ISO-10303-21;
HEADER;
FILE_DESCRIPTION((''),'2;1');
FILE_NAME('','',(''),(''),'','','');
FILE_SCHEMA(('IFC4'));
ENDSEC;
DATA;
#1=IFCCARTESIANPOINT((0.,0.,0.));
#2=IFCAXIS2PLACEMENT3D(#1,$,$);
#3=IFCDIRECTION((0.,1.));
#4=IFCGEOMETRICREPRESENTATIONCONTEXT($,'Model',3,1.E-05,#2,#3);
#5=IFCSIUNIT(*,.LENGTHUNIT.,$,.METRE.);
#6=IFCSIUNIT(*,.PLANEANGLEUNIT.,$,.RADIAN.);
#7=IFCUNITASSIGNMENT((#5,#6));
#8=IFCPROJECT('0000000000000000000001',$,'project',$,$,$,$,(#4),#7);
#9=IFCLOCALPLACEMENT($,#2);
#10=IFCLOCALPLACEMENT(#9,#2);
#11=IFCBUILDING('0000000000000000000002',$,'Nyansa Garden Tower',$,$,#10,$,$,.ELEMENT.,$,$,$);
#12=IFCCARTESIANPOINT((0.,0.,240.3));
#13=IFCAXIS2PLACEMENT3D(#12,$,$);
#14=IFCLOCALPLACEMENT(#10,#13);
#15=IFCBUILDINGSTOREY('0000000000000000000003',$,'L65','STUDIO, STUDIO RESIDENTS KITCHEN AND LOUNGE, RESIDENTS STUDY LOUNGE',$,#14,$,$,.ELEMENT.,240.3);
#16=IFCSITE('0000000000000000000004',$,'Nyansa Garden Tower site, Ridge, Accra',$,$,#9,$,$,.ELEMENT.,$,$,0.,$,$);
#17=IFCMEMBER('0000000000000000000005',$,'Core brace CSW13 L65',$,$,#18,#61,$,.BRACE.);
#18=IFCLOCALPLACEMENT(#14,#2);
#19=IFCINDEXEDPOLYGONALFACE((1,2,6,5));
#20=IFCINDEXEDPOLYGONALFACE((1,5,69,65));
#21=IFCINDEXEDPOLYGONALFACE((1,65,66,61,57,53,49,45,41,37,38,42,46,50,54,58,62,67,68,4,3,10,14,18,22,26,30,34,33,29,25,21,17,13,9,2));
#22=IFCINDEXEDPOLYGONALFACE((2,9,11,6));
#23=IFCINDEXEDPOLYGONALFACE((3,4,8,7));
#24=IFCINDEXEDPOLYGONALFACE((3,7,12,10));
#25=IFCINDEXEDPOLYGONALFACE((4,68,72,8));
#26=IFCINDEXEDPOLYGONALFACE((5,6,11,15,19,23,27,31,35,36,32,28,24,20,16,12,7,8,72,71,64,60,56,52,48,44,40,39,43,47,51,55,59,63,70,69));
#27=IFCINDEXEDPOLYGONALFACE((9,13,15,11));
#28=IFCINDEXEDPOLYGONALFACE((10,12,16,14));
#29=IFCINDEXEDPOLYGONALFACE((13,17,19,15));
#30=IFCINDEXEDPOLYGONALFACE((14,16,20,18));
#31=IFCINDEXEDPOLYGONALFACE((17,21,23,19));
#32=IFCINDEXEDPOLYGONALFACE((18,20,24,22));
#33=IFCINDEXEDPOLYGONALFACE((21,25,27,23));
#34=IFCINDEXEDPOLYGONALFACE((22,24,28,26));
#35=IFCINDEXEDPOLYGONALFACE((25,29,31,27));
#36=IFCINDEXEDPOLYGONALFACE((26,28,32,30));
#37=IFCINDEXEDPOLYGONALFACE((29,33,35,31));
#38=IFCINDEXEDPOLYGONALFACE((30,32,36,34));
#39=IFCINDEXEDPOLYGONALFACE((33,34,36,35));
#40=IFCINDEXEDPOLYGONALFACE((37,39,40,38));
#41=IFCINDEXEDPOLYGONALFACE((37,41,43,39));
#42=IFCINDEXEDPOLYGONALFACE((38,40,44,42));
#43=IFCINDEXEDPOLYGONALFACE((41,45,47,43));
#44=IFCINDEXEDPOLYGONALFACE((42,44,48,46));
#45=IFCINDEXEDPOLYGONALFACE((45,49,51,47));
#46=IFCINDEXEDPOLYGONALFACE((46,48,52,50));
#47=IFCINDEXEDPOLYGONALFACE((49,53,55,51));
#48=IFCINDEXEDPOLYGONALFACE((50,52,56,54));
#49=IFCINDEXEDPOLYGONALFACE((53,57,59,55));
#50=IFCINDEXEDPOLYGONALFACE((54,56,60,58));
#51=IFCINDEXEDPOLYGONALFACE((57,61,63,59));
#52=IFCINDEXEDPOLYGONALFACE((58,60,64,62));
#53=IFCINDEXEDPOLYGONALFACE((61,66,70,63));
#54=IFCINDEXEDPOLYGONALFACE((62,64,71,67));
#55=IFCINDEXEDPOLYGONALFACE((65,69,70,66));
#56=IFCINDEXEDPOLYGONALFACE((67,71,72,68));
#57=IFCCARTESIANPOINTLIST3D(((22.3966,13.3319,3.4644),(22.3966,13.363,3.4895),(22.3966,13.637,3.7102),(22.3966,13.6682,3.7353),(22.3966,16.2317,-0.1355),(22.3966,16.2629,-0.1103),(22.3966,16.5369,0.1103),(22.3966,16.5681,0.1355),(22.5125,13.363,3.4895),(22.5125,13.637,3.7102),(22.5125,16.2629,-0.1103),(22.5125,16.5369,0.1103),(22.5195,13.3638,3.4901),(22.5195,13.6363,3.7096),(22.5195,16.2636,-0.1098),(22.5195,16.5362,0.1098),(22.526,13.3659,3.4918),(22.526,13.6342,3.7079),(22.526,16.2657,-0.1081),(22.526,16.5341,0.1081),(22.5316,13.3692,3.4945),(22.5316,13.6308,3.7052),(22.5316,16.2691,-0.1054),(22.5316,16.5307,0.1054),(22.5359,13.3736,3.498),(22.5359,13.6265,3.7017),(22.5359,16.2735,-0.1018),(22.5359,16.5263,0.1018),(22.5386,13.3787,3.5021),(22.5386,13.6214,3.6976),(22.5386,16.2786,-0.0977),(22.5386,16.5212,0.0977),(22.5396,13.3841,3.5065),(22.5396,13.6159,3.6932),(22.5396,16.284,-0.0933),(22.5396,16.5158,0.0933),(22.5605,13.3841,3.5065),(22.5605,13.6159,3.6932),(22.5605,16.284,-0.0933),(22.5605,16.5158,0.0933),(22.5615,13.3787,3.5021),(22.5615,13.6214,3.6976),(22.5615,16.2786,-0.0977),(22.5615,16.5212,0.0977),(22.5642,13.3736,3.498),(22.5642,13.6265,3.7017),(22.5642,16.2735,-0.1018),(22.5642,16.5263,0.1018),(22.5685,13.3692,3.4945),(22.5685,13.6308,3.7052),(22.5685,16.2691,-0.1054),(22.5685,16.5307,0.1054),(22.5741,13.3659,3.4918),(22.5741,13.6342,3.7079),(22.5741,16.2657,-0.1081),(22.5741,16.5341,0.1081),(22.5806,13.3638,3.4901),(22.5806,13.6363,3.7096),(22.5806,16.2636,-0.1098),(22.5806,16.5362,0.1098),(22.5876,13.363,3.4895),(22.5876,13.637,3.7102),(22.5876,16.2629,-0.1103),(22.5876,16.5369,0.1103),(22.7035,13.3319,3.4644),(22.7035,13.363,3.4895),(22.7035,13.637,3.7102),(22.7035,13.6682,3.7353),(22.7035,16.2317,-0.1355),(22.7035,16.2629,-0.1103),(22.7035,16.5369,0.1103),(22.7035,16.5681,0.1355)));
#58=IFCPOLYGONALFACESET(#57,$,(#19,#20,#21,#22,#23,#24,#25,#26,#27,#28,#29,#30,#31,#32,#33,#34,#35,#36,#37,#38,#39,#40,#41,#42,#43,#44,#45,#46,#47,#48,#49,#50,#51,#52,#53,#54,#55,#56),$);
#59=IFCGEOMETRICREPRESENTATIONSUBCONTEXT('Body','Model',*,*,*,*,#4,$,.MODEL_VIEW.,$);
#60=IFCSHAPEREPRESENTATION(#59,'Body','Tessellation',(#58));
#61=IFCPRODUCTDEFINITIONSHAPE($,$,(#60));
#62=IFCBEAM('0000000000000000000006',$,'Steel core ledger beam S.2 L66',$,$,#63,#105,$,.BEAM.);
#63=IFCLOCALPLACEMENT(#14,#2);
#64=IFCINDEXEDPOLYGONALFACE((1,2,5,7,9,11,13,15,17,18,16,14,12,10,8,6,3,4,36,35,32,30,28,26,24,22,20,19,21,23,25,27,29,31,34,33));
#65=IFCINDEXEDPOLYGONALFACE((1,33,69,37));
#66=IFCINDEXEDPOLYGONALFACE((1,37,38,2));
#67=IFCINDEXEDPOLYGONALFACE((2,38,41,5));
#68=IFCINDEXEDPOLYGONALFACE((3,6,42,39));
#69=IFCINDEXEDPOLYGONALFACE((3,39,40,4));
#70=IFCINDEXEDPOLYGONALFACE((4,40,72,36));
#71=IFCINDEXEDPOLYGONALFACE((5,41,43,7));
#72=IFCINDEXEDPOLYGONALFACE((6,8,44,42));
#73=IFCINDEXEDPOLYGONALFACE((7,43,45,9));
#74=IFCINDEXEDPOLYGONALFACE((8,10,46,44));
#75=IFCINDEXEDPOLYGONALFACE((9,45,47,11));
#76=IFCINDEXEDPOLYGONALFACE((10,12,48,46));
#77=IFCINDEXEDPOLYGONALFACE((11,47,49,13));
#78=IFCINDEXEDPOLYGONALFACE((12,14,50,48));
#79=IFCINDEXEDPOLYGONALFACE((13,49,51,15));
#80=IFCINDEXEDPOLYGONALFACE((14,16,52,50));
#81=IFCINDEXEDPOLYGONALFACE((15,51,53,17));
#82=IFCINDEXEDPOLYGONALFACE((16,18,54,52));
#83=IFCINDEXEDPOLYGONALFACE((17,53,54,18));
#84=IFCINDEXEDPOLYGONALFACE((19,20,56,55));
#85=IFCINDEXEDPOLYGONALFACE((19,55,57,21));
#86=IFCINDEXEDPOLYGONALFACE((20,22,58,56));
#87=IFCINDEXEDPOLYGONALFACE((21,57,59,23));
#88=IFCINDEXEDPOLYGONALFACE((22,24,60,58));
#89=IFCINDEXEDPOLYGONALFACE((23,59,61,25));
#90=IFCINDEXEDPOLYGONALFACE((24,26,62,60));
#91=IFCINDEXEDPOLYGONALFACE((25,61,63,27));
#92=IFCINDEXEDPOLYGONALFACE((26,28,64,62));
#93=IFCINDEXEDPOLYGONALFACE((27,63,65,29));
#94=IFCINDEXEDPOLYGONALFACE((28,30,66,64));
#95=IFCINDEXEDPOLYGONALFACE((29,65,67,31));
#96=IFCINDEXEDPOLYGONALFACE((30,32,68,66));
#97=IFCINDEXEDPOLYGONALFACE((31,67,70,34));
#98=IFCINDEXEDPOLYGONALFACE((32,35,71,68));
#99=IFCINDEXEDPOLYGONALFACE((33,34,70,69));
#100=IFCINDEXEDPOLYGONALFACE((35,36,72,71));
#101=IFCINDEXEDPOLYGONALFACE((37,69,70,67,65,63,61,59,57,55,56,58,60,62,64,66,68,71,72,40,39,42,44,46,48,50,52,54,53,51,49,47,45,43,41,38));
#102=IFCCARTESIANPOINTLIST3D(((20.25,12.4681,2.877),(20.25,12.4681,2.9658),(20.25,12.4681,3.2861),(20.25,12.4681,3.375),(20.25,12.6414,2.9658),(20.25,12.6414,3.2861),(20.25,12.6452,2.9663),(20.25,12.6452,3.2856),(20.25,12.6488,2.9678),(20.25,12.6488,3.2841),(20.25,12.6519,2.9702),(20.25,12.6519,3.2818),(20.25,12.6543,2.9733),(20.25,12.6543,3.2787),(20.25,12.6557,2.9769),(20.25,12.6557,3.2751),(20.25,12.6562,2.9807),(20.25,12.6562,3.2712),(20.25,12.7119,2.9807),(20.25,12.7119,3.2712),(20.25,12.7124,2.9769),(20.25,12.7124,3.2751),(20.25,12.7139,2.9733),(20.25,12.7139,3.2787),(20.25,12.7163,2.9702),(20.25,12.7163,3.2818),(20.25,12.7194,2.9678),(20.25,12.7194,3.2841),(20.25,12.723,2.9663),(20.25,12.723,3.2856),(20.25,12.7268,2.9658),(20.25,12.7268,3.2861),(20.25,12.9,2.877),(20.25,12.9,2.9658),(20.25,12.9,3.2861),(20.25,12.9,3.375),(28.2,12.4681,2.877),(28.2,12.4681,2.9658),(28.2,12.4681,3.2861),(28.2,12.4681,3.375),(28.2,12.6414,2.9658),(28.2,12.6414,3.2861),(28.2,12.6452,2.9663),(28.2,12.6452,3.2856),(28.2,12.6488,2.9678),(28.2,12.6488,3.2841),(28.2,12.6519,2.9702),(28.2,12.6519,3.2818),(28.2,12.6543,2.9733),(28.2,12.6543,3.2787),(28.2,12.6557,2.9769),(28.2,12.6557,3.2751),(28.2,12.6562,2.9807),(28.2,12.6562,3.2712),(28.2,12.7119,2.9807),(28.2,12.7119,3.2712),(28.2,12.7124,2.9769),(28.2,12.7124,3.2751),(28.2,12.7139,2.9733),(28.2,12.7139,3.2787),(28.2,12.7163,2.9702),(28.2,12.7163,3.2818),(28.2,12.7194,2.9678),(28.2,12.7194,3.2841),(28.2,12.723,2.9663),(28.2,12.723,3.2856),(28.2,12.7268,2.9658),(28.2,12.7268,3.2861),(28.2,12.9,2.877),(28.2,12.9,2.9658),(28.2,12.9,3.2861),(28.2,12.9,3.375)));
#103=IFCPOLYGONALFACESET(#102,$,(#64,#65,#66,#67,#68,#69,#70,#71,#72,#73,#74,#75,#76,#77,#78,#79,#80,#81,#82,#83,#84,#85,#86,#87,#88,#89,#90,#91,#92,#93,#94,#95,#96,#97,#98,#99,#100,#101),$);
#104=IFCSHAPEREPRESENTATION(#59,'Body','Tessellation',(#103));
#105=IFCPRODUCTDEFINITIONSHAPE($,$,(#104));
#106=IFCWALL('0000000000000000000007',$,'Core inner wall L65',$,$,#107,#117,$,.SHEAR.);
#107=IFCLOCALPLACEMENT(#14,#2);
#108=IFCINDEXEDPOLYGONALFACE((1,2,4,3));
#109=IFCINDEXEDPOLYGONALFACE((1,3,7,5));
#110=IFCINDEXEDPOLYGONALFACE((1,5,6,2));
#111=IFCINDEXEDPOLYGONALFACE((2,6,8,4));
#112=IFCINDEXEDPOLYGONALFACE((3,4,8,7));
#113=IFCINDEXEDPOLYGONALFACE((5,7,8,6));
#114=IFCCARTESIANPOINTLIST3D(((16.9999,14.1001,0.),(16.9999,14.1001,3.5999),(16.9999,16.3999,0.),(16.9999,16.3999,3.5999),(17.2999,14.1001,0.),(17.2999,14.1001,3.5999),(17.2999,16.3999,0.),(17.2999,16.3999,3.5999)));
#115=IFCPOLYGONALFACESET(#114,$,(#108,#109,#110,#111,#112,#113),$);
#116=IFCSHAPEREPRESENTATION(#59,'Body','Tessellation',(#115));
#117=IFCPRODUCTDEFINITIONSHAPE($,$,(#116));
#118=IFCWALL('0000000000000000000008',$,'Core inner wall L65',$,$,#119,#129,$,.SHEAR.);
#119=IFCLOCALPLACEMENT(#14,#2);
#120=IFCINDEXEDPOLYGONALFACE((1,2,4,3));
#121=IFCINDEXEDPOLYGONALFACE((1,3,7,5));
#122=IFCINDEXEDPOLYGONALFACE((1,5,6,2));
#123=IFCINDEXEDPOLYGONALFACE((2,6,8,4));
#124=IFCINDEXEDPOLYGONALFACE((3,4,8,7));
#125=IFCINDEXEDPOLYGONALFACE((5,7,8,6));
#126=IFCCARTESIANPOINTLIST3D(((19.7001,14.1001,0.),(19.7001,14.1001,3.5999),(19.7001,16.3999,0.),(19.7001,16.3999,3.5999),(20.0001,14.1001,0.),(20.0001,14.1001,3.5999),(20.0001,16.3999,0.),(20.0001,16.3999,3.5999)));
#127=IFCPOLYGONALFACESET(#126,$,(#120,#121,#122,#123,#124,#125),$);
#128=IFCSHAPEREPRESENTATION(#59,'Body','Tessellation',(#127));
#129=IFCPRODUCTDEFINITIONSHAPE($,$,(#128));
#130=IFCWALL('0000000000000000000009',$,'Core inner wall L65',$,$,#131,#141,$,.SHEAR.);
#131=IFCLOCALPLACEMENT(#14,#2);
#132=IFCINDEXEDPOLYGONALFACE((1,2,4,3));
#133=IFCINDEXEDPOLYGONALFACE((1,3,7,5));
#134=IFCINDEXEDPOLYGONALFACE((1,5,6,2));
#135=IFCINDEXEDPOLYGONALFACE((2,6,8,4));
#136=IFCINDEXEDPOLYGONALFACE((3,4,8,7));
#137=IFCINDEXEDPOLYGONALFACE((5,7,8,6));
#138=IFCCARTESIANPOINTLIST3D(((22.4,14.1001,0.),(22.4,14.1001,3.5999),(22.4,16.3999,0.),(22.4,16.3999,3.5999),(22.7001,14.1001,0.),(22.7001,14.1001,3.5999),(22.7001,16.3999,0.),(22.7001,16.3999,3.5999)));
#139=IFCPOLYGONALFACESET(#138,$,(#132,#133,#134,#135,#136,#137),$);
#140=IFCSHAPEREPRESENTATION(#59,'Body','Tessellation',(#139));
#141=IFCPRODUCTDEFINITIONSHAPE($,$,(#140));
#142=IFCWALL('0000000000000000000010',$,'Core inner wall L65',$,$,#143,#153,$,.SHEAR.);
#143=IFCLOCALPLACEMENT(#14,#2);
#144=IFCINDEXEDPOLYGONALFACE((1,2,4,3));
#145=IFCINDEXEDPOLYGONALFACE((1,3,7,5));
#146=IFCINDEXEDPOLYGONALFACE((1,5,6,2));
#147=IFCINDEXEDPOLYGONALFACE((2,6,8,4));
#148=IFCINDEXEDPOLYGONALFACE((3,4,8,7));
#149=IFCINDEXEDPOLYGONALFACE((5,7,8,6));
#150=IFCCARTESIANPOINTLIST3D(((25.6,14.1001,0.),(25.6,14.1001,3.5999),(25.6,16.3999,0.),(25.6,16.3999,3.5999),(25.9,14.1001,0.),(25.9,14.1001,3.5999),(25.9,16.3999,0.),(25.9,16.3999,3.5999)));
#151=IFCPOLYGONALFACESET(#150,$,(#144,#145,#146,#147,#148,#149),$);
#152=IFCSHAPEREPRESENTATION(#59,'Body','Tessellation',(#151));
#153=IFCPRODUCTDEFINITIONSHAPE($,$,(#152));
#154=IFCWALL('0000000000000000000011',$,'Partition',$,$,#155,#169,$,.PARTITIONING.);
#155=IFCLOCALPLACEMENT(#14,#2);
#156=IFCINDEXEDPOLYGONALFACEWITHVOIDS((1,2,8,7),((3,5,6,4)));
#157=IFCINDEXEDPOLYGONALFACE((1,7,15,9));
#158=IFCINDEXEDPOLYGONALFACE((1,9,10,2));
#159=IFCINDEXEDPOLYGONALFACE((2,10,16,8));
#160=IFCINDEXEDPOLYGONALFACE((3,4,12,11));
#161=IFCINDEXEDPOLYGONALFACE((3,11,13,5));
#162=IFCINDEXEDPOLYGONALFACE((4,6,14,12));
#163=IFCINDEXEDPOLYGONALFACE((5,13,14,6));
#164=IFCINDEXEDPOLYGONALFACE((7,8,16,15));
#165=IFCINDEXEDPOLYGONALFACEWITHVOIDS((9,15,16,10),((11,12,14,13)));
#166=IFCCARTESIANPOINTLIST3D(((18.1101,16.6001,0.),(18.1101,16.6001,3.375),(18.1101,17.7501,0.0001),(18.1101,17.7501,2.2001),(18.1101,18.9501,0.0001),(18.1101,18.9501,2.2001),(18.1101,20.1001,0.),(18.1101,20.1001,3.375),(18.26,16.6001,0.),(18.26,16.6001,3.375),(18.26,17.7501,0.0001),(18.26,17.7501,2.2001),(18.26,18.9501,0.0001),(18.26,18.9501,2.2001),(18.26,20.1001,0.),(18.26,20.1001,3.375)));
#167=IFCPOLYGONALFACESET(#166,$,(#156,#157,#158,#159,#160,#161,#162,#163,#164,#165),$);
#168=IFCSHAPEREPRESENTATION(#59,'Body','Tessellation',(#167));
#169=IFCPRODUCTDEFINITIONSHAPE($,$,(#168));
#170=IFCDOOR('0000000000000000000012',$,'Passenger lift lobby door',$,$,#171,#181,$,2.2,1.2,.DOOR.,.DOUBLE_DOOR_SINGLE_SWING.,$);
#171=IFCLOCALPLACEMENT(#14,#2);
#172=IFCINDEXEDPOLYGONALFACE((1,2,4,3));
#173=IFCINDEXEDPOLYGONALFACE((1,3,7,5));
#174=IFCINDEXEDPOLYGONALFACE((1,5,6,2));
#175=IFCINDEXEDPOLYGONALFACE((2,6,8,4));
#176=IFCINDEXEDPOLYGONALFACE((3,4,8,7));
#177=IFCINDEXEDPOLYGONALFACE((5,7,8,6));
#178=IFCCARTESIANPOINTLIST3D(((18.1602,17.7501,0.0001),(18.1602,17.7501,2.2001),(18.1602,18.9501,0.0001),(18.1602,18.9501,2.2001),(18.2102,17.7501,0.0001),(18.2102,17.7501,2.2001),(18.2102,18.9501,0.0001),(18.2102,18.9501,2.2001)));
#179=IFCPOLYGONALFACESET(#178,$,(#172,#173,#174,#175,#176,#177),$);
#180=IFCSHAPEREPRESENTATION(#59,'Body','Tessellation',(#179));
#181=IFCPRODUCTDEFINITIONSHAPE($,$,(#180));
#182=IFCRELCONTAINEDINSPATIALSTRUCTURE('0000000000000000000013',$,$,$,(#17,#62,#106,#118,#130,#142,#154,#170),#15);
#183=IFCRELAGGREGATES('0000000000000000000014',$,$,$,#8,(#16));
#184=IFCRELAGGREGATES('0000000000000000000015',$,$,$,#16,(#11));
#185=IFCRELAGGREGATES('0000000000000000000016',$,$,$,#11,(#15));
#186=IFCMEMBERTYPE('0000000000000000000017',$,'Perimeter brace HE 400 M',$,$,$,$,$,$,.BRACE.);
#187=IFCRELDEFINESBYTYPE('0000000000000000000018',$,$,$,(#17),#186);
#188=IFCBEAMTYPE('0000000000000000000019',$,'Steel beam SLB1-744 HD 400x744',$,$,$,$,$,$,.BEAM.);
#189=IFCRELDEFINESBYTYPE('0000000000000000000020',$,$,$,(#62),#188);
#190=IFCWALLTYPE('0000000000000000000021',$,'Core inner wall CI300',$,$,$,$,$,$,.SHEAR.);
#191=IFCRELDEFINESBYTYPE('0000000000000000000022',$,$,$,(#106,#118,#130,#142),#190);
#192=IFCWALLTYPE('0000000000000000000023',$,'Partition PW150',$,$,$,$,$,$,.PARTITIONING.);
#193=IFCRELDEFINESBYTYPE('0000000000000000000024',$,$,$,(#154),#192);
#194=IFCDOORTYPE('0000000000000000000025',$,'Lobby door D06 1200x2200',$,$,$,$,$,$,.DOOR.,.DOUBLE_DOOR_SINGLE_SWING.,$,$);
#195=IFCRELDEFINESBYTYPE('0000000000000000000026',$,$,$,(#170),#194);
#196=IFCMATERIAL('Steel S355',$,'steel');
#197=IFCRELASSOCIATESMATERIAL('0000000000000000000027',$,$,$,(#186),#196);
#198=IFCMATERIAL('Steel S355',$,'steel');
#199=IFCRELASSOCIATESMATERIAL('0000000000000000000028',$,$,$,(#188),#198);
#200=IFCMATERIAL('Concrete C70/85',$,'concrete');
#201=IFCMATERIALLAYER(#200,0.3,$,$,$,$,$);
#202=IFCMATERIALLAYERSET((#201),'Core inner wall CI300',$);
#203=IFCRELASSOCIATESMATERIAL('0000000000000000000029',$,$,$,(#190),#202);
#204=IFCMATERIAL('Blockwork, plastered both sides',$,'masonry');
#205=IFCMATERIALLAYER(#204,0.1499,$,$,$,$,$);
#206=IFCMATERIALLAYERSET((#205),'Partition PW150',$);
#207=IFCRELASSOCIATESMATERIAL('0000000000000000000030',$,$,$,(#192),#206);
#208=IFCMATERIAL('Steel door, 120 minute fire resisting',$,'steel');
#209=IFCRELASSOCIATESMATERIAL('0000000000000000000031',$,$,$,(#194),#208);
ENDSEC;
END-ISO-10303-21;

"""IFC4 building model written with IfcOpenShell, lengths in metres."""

from ifc_helpers import new_model, si_unit, direction, frame, frame_2d, origin, origin_2d, place, context, subcontext, project, spatial, rectangle, i_section, extrude, material, layer, layer_set, material_profile, profile_set, type_object, element, fill, save


model = new_model("IFC4")

# Units and contexts
model_context = context("Model", 3, precision=1e-05, world=origin(), true_north=direction((0.0, 1.0)))
body_context = subcontext(model_context, "Body", "Model", "MODEL_VIEW")
ifc_project = project(units=[si_unit("LENGTHUNIT", "METRE"), si_unit("PLANEANGLEUNIT", "RADIAN")], contexts=[model_context])

# Site, building, storey
site_placement = place(None, origin())
site = spatial("IfcSite", under=ifc_project, at=site_placement, Name="Nyansa Garden Tower site, Ridge, Accra", CompositionType="ELEMENT", RefElevation=0.0)
building_placement = place(site_placement, origin())
building = spatial("IfcBuilding", under=site, at=building_placement, Name="Nyansa Garden Tower", CompositionType="ELEMENT")
storey_placement = place(building_placement, frame((0.0, 0.0, 240.3)))
storey = spatial("IfcBuildingStorey", under=building, at=storey_placement, Name="L65", Description="STUDIO, STUDIO RESIDENTS KITCHEN AND LOUNGE, RESIDENTS STUDY LOUNGE", CompositionType="ELEMENT", Elevation=240.3)

# Member
ifc_material_1 = material(Name="Steel S355", Category="steel")
ifc_material_profile_1 = material_profile(ifc_material_1, i_section(OverallWidth=0.3069, OverallDepth=0.4319, WebThickness=0.021, FlangeThickness=0.04, FilletRadius=0.0271, at=origin_2d()), Name="HE 400 M")
ifc_profile_set_1 = profile_set([ifc_material_profile_1], Name="Steel S355")
member_type = type_object("IfcMemberType", Name="Perimeter brace HE 400 M", PredefinedType="BRACE", material=ifc_profile_set_1)
for number, where, z_axis, x_axis, name in (
    (1, (22.55, 16.3999, 0.0), (0.0, -0.627332, 0.778752), (1.0, 0.0, 0.0), "Core brace CSW13 L65"),
):
    element("IfcMember", number, at=place(storey_placement, frame(where, z_axis=z_axis, x_axis=x_axis)), inside=storey, type_object=member_type, Name=name, PredefinedType="BRACE", context=body_context, shape_type="SweptSolid", body=[
        extrude(i_section(OverallWidth=0.3069, OverallDepth=0.4319, WebThickness=0.021, FlangeThickness=0.04, FilletRadius=0.0271, at=origin_2d()), origin(), (0.0, 0.0, 1.0), 4.6226),
    ])

# Beam
ifc_material_2 = material(Name="Steel S355", Category="steel")
ifc_material_profile_2 = material_profile(ifc_material_2, i_section(OverallWidth=0.4319, OverallDepth=0.498, WebThickness=0.0557, FlangeThickness=0.0889, FilletRadius=0.0149, at=origin_2d()), Name="HD 400x744")
ifc_profile_set_2 = profile_set([ifc_material_profile_2], Name="Steel S355")
beam_type = type_object("IfcBeamType", Name="Steel beam SLB1-744 HD 400x744", PredefinedType="BEAM", material=ifc_profile_set_2)
beam_placement = place(storey_placement, frame((20.25, 12.6841, 3.126), z_axis=(1.0, 0.0, 0.0), x_axis=(0.0, 1.0, 0.0)))
element("IfcBeam", 2, at=beam_placement, inside=storey, type_object=beam_type, Name="Steel core ledger beam S.2 L66", PredefinedType="BEAM", context=body_context, shape_type="SweptSolid", body=[
    extrude(i_section(OverallWidth=0.4319, OverallDepth=0.498, WebThickness=0.0557, FlangeThickness=0.0889, FilletRadius=0.0149, at=origin_2d()), origin(), (0.0, 0.0, 1.0), 7.95),
])

# Walls
ifc_material_3 = material(Name="Concrete C70/85", Category="concrete")
ifc_layer_1 = layer(ifc_material_3, 0.3)
ifc_layer_set_1 = layer_set([ifc_layer_1], Name="Core inner wall CI300")
wall_type_1 = type_object("IfcWallType", Name="Core inner wall CI300", PredefinedType="SHEAR", material=ifc_layer_set_1)
for number, where, z_axis, x_axis, name in (
    (3, (17.1499, 14.1001, 0.0), (0.0, 0.0, 1.0), (0.0, 1.0, 0.0), "Core inner wall L65"),
    (4, (19.8501, 14.1001, 0.0), (0.0, 0.0, 1.0), (0.0, 1.0, 0.0), "Core inner wall L65"),
    (5, (22.55, 14.1001, 0.0), (0.0, 0.0, 1.0), (0.0, 1.0, 0.0), "Core inner wall L65"),
    (6, (25.75, 14.1001, 0.0), (0.0, 0.0, 1.0), (0.0, 1.0, 0.0), "Core inner wall L65"),
):
    element("IfcWall", number, at=place(storey_placement, frame(where, z_axis=z_axis, x_axis=x_axis)), inside=storey, type_object=wall_type_1, Name=name, PredefinedType="SHEAR", context=body_context, shape_type="SweptSolid", body=[
        extrude(rectangle(XDim=2.2998, YDim=0.3, at=frame_2d((1.1499, 0.0))), origin(), (0.0, 0.0, 1.0), 3.5999),
    ])

# Wall, opening, door
ifc_material_4 = material(Name="Blockwork, plastered both sides", Category="masonry")
ifc_layer_2 = layer(ifc_material_4, 0.1499)
ifc_layer_set_2 = layer_set([ifc_layer_2], Name="Partition PW150")
wall_type_2 = type_object("IfcWallType", Name="Partition PW150", PredefinedType="PARTITIONING", material=ifc_layer_set_2)
wall_1_placement = place(storey_placement, frame((18.1851, 16.6001, 0.0), z_axis=(0.0, 0.0, 1.0), x_axis=(0.0, 1.0, 0.0)))
wall_1 = element("IfcWall", 7, at=wall_1_placement, inside=storey, type_object=wall_type_2, Name="Partition", PredefinedType="PARTITIONING", context=body_context, shape_type="SweptSolid", body=[
    extrude(rectangle(XDim=3.5, YDim=0.1499, at=frame_2d((1.75, 0.0))), origin(), (0.0, 0.0, 1.0), 3.375),
])
opening_1_placement = place(wall_1_placement, frame((1.1499, 0.0, 0.0)))
opening_1 = element("IfcOpeningElement", 8, at=opening_1_placement, cuts=wall_1, PredefinedType="OPENING", context=body_context, shape_type="SweptSolid", body=[
    extrude(rectangle(XDim=1.2, YDim=2.2, at=frame_2d((0.6001, 1.1001))), frame((0.0, 0.085, 0.0), z_axis=(0.0, -1.0, 0.0), x_axis=(1.0, 0.0, 0.0)), (0.0, 0.0, 1.0), 0.1699),
])
ifc_material_5 = material(Name="Steel door, 120 minute fire resisting", Category="steel")
door_type_1 = type_object("IfcDoorType", Name="Lobby door D06 1200x2200", OperationType="DOUBLE_DOOR_SINGLE_SWING", PredefinedType="DOOR", material=ifc_material_5)
door_1_placement = place(opening_1_placement, origin())
door_1 = element("IfcDoor", 9, at=door_1_placement, inside=storey, type_object=door_type_1, Name="Passenger lift lobby door", OperationType="DOUBLE_DOOR_SINGLE_SWING", OverallHeight=2.2, OverallWidth=1.2, PredefinedType="DOOR", context=body_context, shape_type="SweptSolid", body=[
    extrude(rectangle(XDim=1.2, YDim=2.2, at=frame_2d((0.6001, 1.1001))), frame((0.0, 0.0249, 0.0), z_axis=(0.0, -1.0, 0.0), x_axis=(1.0, 0.0, 0.0)), (0.0, 0.0, 1.0), 0.05),
])
fill(opening_1, door_1)

save(model, "model.ifc")
